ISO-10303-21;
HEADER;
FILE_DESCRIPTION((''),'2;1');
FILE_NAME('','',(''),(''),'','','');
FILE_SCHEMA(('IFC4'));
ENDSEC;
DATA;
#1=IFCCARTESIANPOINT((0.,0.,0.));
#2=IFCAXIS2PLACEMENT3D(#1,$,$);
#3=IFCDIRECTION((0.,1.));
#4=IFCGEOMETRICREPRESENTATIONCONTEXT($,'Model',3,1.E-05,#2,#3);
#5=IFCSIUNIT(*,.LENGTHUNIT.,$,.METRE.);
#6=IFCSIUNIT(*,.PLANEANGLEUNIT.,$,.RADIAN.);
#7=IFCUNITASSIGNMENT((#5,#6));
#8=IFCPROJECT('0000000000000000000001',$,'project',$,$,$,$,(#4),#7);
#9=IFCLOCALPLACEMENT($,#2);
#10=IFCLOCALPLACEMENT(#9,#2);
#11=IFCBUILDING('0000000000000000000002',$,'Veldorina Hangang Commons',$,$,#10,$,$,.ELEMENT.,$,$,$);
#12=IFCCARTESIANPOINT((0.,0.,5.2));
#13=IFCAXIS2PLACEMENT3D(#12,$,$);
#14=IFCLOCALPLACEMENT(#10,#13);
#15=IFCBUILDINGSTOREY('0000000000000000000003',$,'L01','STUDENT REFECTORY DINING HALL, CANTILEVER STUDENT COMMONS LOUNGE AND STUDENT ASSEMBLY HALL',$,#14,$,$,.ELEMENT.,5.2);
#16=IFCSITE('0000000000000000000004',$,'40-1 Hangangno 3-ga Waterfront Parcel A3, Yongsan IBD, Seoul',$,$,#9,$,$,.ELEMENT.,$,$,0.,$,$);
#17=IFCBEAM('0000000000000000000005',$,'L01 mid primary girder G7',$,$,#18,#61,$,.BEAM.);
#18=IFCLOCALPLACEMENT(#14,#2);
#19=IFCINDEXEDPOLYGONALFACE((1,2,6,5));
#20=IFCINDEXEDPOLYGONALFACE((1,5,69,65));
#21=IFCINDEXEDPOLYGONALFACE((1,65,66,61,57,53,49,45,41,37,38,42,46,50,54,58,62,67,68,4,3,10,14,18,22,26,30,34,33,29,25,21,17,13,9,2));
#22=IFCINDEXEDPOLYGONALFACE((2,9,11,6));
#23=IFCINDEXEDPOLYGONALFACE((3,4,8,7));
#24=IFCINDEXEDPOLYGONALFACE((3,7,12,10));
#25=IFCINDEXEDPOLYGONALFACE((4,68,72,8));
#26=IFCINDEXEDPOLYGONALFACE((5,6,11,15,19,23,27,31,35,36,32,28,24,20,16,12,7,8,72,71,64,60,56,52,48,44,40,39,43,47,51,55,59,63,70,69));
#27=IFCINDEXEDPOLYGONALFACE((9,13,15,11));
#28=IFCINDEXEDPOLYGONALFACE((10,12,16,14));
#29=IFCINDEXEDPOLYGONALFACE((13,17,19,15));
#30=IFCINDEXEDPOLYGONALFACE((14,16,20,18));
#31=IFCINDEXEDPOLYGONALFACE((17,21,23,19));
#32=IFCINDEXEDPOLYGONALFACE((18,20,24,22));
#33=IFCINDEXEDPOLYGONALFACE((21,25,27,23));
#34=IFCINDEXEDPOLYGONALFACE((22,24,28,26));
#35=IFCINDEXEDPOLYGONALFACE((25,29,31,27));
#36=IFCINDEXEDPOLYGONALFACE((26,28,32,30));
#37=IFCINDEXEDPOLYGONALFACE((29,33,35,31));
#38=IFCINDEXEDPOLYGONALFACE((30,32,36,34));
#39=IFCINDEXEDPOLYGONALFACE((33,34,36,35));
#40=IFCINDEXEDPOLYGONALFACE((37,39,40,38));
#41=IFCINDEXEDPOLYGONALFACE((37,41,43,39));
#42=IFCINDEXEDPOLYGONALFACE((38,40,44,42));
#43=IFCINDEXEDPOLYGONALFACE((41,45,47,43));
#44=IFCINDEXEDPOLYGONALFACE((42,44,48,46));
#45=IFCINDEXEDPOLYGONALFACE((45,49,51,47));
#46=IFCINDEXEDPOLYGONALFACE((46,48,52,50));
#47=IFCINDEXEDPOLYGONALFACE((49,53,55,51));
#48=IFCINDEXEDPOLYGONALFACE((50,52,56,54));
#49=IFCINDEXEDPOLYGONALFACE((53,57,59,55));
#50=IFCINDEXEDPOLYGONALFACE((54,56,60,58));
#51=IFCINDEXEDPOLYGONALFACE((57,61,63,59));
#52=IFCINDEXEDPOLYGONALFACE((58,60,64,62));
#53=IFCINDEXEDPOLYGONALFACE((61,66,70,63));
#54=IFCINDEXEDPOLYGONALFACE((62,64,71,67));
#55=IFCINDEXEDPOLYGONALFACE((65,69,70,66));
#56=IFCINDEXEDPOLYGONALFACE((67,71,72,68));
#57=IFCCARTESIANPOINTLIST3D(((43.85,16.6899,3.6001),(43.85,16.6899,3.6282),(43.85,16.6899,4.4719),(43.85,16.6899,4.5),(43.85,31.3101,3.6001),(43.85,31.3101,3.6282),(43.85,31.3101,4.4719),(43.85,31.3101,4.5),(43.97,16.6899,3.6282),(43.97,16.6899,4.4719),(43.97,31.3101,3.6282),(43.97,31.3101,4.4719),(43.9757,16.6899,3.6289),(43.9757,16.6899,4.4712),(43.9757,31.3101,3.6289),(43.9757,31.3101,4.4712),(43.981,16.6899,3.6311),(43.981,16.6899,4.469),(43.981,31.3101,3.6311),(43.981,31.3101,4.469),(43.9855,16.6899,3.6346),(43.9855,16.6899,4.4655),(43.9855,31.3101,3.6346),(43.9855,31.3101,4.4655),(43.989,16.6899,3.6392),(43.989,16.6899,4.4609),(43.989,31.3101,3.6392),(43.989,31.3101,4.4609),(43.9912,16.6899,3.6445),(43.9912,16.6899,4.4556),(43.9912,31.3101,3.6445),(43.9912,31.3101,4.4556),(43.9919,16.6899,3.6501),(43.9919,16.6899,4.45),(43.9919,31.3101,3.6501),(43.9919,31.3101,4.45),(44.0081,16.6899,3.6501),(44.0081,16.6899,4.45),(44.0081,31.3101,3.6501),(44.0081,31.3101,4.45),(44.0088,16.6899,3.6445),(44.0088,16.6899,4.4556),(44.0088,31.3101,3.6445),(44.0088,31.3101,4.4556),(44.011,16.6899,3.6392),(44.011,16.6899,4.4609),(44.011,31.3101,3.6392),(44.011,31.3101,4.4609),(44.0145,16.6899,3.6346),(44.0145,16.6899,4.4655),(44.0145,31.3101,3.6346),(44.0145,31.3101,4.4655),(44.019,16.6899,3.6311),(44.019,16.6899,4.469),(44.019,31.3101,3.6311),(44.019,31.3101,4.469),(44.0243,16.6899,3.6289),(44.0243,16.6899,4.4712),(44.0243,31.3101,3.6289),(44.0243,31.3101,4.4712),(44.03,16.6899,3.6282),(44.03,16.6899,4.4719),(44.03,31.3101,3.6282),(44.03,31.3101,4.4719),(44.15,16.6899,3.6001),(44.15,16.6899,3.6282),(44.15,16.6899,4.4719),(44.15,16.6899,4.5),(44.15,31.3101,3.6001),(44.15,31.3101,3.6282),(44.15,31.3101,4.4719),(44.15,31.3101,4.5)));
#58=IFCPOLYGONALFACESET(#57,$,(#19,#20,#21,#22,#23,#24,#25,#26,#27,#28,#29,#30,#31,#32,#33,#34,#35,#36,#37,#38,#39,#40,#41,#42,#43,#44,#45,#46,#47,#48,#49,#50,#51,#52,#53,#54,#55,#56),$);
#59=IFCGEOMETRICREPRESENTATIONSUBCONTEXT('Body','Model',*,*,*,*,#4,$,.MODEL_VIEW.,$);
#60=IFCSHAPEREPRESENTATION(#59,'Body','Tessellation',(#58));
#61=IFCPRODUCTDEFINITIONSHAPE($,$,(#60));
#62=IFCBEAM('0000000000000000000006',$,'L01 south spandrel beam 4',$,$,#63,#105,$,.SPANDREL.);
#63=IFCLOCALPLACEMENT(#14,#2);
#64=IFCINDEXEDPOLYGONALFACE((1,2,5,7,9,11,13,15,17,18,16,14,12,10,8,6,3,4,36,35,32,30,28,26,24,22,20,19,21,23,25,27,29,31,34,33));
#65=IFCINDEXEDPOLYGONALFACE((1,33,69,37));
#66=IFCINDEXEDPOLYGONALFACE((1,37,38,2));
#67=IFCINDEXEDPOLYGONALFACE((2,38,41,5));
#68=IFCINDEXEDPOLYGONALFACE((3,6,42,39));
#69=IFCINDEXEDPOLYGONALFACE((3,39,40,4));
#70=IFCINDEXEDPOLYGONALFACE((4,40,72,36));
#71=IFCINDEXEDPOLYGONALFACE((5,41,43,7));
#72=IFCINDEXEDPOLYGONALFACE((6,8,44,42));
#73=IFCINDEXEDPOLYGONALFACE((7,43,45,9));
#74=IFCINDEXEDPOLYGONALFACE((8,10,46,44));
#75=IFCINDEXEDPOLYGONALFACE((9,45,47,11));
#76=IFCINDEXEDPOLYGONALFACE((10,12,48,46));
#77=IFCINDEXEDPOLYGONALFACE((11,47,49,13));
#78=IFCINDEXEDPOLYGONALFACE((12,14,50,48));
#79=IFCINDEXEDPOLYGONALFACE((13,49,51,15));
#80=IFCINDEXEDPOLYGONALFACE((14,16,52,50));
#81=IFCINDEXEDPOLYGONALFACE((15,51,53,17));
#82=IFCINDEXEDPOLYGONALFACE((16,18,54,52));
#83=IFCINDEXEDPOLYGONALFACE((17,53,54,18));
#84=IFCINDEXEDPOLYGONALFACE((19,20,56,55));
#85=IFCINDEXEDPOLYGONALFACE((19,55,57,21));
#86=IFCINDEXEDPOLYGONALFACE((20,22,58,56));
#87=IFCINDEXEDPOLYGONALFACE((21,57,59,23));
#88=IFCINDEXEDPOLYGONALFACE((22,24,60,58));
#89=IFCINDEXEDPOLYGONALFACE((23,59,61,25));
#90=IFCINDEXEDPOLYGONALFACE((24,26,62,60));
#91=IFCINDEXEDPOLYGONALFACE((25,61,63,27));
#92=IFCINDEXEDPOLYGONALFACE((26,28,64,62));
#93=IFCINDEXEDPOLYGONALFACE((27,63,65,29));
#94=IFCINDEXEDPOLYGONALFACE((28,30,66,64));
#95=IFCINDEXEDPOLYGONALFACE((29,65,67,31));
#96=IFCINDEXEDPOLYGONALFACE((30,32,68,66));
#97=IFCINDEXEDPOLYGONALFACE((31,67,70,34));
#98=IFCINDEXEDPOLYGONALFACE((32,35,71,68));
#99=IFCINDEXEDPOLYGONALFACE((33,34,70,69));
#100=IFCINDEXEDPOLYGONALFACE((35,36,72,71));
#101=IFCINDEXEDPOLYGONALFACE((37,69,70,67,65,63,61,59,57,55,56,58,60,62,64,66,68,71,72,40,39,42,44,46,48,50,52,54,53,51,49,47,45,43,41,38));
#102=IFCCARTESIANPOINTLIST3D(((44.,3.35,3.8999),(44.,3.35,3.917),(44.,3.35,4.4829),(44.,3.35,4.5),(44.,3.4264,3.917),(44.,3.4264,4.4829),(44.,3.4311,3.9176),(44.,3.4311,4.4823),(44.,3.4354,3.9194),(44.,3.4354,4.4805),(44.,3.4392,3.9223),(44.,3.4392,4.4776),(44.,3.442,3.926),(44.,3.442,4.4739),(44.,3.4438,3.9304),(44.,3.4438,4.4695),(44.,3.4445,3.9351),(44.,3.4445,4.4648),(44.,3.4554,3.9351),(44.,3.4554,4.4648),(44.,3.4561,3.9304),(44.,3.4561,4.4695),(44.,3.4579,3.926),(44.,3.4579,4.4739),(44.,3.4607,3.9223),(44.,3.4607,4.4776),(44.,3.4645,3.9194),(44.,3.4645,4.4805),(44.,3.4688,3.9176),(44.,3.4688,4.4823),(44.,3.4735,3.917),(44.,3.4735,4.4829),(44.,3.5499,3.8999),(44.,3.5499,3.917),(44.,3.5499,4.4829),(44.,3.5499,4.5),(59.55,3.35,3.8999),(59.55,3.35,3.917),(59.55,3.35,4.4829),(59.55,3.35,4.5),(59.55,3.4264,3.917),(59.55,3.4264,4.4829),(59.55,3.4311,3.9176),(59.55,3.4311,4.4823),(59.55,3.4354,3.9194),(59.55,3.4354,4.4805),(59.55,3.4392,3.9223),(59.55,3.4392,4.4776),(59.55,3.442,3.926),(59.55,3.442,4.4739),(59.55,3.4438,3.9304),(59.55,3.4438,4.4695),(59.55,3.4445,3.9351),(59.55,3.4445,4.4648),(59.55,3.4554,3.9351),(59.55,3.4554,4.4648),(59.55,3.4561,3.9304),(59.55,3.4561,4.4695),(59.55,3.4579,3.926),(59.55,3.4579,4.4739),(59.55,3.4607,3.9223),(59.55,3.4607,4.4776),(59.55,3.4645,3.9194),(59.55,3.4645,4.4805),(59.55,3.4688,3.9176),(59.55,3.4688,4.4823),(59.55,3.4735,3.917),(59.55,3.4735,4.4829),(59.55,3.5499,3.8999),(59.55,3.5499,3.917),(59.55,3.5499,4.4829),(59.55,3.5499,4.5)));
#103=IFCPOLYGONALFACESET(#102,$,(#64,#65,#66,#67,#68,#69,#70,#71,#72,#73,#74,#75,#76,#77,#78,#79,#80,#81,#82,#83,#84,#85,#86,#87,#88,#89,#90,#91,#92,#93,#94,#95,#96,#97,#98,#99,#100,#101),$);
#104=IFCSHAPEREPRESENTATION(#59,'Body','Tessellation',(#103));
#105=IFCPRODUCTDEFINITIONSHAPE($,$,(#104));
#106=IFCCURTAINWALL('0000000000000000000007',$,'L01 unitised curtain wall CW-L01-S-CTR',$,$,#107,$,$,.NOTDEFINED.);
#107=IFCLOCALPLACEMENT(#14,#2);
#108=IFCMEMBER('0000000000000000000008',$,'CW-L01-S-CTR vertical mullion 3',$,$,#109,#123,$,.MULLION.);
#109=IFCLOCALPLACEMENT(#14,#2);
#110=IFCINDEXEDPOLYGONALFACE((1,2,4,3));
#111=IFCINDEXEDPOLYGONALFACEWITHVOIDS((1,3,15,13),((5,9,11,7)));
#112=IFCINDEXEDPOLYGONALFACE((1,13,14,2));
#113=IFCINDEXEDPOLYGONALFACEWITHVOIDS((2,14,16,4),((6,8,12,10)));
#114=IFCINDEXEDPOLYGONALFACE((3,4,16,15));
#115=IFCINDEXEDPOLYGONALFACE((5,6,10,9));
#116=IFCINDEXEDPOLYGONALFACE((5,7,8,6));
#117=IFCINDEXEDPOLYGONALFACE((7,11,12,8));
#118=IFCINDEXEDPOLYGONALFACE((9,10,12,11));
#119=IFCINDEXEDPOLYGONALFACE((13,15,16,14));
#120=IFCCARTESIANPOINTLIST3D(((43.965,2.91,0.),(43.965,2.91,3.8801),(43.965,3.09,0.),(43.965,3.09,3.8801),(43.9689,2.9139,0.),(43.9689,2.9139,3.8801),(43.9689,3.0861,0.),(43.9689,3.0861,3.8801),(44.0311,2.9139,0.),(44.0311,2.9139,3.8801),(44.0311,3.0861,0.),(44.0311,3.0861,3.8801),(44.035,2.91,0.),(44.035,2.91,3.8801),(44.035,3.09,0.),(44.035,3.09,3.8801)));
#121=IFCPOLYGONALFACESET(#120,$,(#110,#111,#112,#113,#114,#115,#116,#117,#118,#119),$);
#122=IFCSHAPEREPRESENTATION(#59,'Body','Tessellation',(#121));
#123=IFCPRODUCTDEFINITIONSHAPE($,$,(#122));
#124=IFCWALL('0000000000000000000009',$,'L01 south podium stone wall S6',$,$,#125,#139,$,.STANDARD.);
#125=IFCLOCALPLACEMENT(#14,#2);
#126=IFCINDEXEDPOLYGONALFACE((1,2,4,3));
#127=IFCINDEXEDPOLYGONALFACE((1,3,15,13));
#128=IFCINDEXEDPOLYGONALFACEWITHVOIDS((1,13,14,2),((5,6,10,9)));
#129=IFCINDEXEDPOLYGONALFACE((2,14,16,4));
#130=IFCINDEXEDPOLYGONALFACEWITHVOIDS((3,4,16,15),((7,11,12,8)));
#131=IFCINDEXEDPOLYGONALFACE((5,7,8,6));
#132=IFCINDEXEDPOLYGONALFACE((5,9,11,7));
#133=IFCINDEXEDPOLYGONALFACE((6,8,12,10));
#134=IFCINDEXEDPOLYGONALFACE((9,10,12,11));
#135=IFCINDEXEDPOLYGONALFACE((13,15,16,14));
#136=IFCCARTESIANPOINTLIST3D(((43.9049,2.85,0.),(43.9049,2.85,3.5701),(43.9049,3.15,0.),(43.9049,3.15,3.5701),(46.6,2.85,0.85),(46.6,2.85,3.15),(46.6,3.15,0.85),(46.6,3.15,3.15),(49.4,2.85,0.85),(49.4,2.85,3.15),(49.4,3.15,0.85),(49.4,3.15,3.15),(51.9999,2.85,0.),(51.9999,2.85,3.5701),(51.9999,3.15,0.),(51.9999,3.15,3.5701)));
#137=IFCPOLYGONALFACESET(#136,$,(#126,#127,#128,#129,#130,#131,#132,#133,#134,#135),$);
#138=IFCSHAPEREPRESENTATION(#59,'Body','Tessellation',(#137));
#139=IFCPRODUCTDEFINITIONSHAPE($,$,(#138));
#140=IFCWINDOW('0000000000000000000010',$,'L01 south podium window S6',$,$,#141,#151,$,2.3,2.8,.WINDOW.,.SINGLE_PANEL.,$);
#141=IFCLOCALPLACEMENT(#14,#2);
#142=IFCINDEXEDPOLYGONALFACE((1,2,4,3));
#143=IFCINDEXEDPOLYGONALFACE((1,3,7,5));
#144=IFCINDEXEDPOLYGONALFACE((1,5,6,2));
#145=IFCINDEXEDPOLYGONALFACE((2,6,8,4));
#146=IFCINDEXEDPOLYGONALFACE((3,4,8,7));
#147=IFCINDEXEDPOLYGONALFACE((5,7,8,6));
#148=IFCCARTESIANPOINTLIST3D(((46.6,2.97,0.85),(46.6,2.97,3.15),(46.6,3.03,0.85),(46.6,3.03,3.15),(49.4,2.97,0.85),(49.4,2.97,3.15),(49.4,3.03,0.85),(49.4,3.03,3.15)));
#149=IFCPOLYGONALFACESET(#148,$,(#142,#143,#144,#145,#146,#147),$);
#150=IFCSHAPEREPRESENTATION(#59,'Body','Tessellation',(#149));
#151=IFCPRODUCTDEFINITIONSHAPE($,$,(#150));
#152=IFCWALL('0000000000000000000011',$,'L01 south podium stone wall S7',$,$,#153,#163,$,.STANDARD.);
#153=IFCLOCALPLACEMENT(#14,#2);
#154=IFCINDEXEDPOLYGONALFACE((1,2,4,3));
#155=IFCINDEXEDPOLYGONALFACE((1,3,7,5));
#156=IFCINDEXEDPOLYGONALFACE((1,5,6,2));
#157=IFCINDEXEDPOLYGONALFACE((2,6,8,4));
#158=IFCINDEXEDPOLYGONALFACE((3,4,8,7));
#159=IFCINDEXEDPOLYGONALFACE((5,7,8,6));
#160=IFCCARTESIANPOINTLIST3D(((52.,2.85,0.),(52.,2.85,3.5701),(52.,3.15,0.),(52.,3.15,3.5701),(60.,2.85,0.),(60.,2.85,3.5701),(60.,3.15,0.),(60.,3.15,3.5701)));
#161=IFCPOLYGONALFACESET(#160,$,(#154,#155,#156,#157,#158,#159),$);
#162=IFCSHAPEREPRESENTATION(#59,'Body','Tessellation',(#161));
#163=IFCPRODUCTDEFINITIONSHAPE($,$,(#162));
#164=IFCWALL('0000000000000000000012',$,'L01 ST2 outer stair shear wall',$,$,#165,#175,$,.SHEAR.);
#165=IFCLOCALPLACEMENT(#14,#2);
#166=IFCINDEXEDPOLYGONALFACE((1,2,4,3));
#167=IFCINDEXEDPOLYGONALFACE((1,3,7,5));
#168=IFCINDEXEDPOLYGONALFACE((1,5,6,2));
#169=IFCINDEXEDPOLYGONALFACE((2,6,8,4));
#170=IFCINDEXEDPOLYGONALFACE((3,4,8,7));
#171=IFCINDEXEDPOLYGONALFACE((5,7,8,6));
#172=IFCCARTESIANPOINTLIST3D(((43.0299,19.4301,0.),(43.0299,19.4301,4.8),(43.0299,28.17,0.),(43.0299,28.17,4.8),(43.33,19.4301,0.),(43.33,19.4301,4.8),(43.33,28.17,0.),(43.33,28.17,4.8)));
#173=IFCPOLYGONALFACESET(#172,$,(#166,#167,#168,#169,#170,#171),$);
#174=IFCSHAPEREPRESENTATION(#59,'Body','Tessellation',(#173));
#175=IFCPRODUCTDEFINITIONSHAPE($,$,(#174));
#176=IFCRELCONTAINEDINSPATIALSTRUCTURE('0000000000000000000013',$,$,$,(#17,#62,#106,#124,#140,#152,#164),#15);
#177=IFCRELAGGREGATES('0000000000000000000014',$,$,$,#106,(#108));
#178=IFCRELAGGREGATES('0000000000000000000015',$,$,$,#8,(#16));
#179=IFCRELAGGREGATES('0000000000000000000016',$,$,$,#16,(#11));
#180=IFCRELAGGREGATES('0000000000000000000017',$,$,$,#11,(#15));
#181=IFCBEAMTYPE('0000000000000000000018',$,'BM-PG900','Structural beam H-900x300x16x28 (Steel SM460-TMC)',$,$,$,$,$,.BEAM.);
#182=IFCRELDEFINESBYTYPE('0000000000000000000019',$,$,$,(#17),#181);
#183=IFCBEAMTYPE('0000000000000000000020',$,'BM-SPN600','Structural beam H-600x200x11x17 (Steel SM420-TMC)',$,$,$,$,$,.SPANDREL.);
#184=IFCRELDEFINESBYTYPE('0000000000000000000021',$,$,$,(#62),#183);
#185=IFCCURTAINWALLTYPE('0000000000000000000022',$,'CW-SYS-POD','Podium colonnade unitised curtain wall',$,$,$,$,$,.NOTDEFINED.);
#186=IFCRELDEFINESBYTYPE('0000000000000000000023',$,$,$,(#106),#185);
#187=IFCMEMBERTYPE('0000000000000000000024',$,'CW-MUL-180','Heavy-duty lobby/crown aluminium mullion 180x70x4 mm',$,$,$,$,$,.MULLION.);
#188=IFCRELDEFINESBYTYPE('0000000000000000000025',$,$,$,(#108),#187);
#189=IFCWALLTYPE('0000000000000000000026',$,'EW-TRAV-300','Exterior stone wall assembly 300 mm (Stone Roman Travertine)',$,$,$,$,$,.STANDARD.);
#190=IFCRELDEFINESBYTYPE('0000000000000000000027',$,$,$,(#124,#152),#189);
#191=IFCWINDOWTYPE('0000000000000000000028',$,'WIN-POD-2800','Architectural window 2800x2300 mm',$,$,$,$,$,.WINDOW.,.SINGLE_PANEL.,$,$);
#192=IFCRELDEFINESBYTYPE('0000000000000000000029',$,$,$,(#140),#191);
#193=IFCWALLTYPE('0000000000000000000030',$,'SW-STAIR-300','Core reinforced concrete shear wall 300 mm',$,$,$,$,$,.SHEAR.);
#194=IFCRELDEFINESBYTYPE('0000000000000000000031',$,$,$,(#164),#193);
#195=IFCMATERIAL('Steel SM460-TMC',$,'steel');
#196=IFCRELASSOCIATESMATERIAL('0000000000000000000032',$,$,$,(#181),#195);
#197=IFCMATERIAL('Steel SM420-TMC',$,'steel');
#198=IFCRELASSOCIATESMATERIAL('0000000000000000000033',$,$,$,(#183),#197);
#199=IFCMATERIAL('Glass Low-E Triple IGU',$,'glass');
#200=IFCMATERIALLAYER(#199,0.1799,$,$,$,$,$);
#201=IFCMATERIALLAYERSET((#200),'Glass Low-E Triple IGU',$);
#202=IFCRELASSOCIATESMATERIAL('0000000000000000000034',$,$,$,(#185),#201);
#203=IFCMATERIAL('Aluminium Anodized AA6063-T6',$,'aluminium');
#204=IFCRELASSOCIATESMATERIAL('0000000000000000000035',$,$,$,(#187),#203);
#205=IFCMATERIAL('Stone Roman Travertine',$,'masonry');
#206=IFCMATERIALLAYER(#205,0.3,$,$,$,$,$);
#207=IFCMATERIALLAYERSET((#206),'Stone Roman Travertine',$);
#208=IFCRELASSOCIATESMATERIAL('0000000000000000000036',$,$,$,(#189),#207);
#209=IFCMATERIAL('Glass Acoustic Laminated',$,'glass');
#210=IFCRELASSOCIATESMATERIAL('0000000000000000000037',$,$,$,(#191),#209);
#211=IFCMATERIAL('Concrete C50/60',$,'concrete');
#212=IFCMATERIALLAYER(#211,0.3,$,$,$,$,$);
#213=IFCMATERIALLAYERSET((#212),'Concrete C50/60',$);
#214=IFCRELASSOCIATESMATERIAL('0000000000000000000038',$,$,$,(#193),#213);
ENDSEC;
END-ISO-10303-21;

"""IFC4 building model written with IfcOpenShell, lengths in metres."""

from ifc_helpers import new_model, si_unit, direction, frame, frame_2d, origin, origin_2d, place, context, subcontext, project, spatial, rectangle, hollow_rectangle, i_section, extrude, material, layer, layer_set, material_profile, profile_set, type_object, element, fill, aggregate, save


model = new_model("IFC4")

# Units and contexts
model_context = context("Model", 3, precision=1e-05, world=origin(), true_north=direction((0.0, 1.0)))
body_context = subcontext(model_context, "Body", "Model", "MODEL_VIEW")
ifc_project = project(units=[si_unit("LENGTHUNIT", "METRE"), si_unit("PLANEANGLEUNIT", "RADIAN")], contexts=[model_context])

# Site, building, storey
site_placement = place(None, origin())
site = spatial("IfcSite", under=ifc_project, at=site_placement, Name="40-1 Hangangno 3-ga Waterfront Parcel A3, Yongsan IBD, Seoul", CompositionType="ELEMENT", RefElevation=0.0)
building_placement = place(site_placement, origin())
building = spatial("IfcBuilding", under=site, at=building_placement, Name="Veldorina Hangang Commons", CompositionType="ELEMENT")
storey_placement = place(building_placement, frame((0.0, 0.0, 5.2)))
storey = spatial("IfcBuildingStorey", under=building, at=storey_placement, Name="L01", Description="STUDENT REFECTORY DINING HALL, CANTILEVER STUDENT COMMONS LOUNGE AND STUDENT ASSEMBLY HALL", CompositionType="ELEMENT", Elevation=5.2)

# Shared definitions
ifc_material_1 = material(Name="Steel SM460-TMC", Category="steel")

# Beams
ifc_material_profile_1 = material_profile(ifc_material_1, i_section(OverallWidth=0.3, OverallDepth=0.8999, WebThickness=0.0161, FlangeThickness=0.0281, FilletRadius=0.022, at=origin_2d()), Name="H-900x300x16x28")
ifc_profile_set_1 = profile_set([ifc_material_profile_1], Name="Steel SM460-TMC")
beam_type_1 = type_object("IfcBeamType", Name="BM-PG900", Description="Structural beam H-900x300x16x28 (Steel SM460-TMC)", PredefinedType="BEAM", material=ifc_profile_set_1)
beam_1_placement = place(storey_placement, frame((44.0, 16.6899, 4.05), z_axis=(0.0, 1.0, 0.0), x_axis=(-1.0, 0.0, 0.0)))
element("IfcBeam", 1, at=beam_1_placement, inside=storey, type_object=beam_type_1, Name="L01 mid primary girder G7", PredefinedType="BEAM", context=body_context, shape_type="SweptSolid", body=[
    extrude(i_section(OverallWidth=0.3, OverallDepth=0.8999, WebThickness=0.0161, FlangeThickness=0.0281, FilletRadius=0.022, at=origin_2d()), origin(), (0.0, 0.0, 1.0), 14.6201),
])
ifc_material_2 = material(Name="Steel SM420-TMC", Category="steel")
ifc_material_profile_2 = material_profile(ifc_material_2, i_section(OverallWidth=0.2, OverallDepth=0.6001, WebThickness=0.011, FlangeThickness=0.0171, FilletRadius=0.0181, at=origin_2d()), Name="H-600x200x11x17")
ifc_profile_set_2 = profile_set([ifc_material_profile_2], Name="Steel SM420-TMC")
beam_type_2 = type_object("IfcBeamType", Name="BM-SPN600", Description="Structural beam H-600x200x11x17 (Steel SM420-TMC)", PredefinedType="SPANDREL", material=ifc_profile_set_2)
beam_2_placement = place(storey_placement, frame((44.0, 3.45, 4.2), z_axis=(1.0, 0.0, 0.0), x_axis=(0.0, 1.0, 0.0)))
element("IfcBeam", 2, at=beam_2_placement, inside=storey, type_object=beam_type_2, Name="L01 south spandrel beam 4", PredefinedType="SPANDREL", context=body_context, shape_type="SweptSolid", body=[
    extrude(i_section(OverallWidth=0.2, OverallDepth=0.6001, WebThickness=0.011, FlangeThickness=0.0171, FilletRadius=0.0181, at=origin_2d()), origin(), (0.0, 0.0, 1.0), 15.55),
])

# Curtain wall, member
ifc_material_3 = material(Name="Glass Low-E Triple IGU", Category="glass")
ifc_layer_1 = layer(ifc_material_3, 0.1799)
ifc_layer_set_1 = layer_set([ifc_layer_1], Name="Glass Low-E Triple IGU")
curtain_wall_type = type_object("IfcCurtainWallType", Name="CW-SYS-POD", Description="Podium colonnade unitised curtain wall", PredefinedType="NOTDEFINED", material=ifc_layer_set_1)
curtain_wall_placement = place(storey_placement, origin())
curtain_wall = element("IfcCurtainWall", 3, at=curtain_wall_placement, inside=storey, type_object=curtain_wall_type, Name="L01 unitised curtain wall CW-L01-S-CTR", PredefinedType="NOTDEFINED")
ifc_material_4 = material(Name="Aluminium Anodized AA6063-T6", Category="aluminium")
ifc_material_profile_3 = material_profile(ifc_material_4, hollow_rectangle(XDim=0.0701, YDim=0.1799, WallThickness=0.0039, at=origin_2d()), Name="ALU-RHS-180x70x4")
ifc_profile_set_3 = profile_set([ifc_material_profile_3], Name="Aluminium Anodized AA6063-T6")
member_type = type_object("IfcMemberType", Name="CW-MUL-180", Description="Heavy-duty lobby/crown aluminium mullion 180x70x4 mm", PredefinedType="MULLION", material=ifc_profile_set_3)
member_placement = place(storey_placement, frame((44.0, 3.0, 0.0), z_axis=(0.0, 0.0, 1.0), x_axis=(-1.0, 0.0, 0.0)))
member = element("IfcMember", 4, at=member_placement, type_object=member_type, Name="CW-L01-S-CTR vertical mullion 3", PredefinedType="MULLION", context=body_context, shape_type="SweptSolid", body=[
    extrude(hollow_rectangle(XDim=0.0701, YDim=0.1799, WallThickness=0.0039, at=origin_2d()), origin(), (0.0, 0.0, 1.0), 3.8801),
])
aggregate(curtain_wall, [member])

# Wall, opening, window
ifc_material_5 = material(Name="Stone Roman Travertine", Category="masonry")
ifc_layer_2 = layer(ifc_material_5, 0.3)
ifc_layer_set_2 = layer_set([ifc_layer_2], Name="Stone Roman Travertine")
wall_type_1 = type_object("IfcWallType", Name="EW-TRAV-300", Description="Exterior stone wall assembly 300 mm (Stone Roman Travertine)", PredefinedType="STANDARD", material=ifc_layer_set_2)
wall_1_placement = place(storey_placement, frame((43.905, 3.0, 0.0), z_axis=(0.0, 0.0, 1.0), x_axis=(1.0, 0.0, 0.0)))
wall_1 = element("IfcWall", 5, at=wall_1_placement, inside=storey, type_object=wall_type_1, Name="L01 south podium stone wall S6", PredefinedType="STANDARD", context=body_context, shape_type="SweptSolid", body=[
    extrude(rectangle(XDim=8.095, YDim=0.3, at=frame_2d((4.0474, 0.0))), origin(), (0.0, 0.0, 1.0), 3.5701),
])
opening_1_placement = place(wall_1_placement, frame((2.6951, 0.0, 0.8501)))
opening_1 = element("IfcOpeningElement", 6, at=opening_1_placement, cuts=wall_1, PredefinedType="OPENING", context=body_context, shape_type="SweptSolid", body=[
    extrude(rectangle(XDim=2.8, YDim=2.3, at=frame_2d((1.3999, 1.1499))), frame((0.0, 0.1602, 0.0), z_axis=(0.0, -1.0, 0.0), x_axis=(1.0, 0.0, 0.0)), (0.0, 0.0, 1.0), 0.3201),
])
ifc_material_6 = material(Name="Glass Acoustic Laminated", Category="glass")
window_type = type_object("IfcWindowType", Name="WIN-POD-2800", Description="Architectural window 2800x2300 mm", PartitioningType="SINGLE_PANEL", PredefinedType="WINDOW", material=ifc_material_6)
window_placement = place(opening_1_placement, origin())
window = element("IfcWindow", 7, at=window_placement, inside=storey, type_object=window_type, Name="L01 south podium window S6", OverallHeight=2.3, OverallWidth=2.8, PartitioningType="SINGLE_PANEL", PredefinedType="WINDOW", context=body_context, shape_type="SweptSolid", body=[
    extrude(rectangle(XDim=2.8, YDim=2.3, at=frame_2d((1.3999, 1.1499))), frame((0.0, 0.03, 0.0), z_axis=(0.0, -1.0, 0.0), x_axis=(1.0, 0.0, 0.0)), (0.0, 0.0, 1.0), 0.0601),
])
fill(opening_1, window)

# Walls
wall_2_placement = place(storey_placement, frame((52.0, 3.0, 0.0), z_axis=(0.0, 0.0, 1.0), x_axis=(1.0, 0.0, 0.0)))
element("IfcWall", 8, at=wall_2_placement, inside=storey, type_object=wall_type_1, Name="L01 south podium stone wall S7", PredefinedType="STANDARD", context=body_context, shape_type="SweptSolid", body=[
    extrude(rectangle(XDim=8.0, YDim=0.3, at=frame_2d((4.0, 0.0))), origin(), (0.0, 0.0, 1.0), 3.5701),
])
ifc_material_7 = material(Name="Concrete C50/60", Category="concrete")
ifc_layer_3 = layer(ifc_material_7, 0.3)
ifc_layer_set_3 = layer_set([ifc_layer_3], Name="Concrete C50/60")
wall_type_2 = type_object("IfcWallType", Name="SW-STAIR-300", Description="Core reinforced concrete shear wall 300 mm", PredefinedType="SHEAR", material=ifc_layer_set_3)
wall_3_placement = place(storey_placement, frame((43.1799, 19.4299, 0.0), z_axis=(0.0, 0.0, 1.0), x_axis=(0.0, 1.0, 0.0)))
element("IfcWall", 9, at=wall_3_placement, inside=storey, type_object=wall_type_2, Name="L01 ST2 outer stair shear wall", PredefinedType="SHEAR", context=body_context, shape_type="SweptSolid", body=[
    extrude(rectangle(XDim=8.74, YDim=0.3, at=frame_2d((4.3701, 0.0))), origin(), (0.0, 0.0, 1.0), 4.8),
])

save(model, "model.ifc")
